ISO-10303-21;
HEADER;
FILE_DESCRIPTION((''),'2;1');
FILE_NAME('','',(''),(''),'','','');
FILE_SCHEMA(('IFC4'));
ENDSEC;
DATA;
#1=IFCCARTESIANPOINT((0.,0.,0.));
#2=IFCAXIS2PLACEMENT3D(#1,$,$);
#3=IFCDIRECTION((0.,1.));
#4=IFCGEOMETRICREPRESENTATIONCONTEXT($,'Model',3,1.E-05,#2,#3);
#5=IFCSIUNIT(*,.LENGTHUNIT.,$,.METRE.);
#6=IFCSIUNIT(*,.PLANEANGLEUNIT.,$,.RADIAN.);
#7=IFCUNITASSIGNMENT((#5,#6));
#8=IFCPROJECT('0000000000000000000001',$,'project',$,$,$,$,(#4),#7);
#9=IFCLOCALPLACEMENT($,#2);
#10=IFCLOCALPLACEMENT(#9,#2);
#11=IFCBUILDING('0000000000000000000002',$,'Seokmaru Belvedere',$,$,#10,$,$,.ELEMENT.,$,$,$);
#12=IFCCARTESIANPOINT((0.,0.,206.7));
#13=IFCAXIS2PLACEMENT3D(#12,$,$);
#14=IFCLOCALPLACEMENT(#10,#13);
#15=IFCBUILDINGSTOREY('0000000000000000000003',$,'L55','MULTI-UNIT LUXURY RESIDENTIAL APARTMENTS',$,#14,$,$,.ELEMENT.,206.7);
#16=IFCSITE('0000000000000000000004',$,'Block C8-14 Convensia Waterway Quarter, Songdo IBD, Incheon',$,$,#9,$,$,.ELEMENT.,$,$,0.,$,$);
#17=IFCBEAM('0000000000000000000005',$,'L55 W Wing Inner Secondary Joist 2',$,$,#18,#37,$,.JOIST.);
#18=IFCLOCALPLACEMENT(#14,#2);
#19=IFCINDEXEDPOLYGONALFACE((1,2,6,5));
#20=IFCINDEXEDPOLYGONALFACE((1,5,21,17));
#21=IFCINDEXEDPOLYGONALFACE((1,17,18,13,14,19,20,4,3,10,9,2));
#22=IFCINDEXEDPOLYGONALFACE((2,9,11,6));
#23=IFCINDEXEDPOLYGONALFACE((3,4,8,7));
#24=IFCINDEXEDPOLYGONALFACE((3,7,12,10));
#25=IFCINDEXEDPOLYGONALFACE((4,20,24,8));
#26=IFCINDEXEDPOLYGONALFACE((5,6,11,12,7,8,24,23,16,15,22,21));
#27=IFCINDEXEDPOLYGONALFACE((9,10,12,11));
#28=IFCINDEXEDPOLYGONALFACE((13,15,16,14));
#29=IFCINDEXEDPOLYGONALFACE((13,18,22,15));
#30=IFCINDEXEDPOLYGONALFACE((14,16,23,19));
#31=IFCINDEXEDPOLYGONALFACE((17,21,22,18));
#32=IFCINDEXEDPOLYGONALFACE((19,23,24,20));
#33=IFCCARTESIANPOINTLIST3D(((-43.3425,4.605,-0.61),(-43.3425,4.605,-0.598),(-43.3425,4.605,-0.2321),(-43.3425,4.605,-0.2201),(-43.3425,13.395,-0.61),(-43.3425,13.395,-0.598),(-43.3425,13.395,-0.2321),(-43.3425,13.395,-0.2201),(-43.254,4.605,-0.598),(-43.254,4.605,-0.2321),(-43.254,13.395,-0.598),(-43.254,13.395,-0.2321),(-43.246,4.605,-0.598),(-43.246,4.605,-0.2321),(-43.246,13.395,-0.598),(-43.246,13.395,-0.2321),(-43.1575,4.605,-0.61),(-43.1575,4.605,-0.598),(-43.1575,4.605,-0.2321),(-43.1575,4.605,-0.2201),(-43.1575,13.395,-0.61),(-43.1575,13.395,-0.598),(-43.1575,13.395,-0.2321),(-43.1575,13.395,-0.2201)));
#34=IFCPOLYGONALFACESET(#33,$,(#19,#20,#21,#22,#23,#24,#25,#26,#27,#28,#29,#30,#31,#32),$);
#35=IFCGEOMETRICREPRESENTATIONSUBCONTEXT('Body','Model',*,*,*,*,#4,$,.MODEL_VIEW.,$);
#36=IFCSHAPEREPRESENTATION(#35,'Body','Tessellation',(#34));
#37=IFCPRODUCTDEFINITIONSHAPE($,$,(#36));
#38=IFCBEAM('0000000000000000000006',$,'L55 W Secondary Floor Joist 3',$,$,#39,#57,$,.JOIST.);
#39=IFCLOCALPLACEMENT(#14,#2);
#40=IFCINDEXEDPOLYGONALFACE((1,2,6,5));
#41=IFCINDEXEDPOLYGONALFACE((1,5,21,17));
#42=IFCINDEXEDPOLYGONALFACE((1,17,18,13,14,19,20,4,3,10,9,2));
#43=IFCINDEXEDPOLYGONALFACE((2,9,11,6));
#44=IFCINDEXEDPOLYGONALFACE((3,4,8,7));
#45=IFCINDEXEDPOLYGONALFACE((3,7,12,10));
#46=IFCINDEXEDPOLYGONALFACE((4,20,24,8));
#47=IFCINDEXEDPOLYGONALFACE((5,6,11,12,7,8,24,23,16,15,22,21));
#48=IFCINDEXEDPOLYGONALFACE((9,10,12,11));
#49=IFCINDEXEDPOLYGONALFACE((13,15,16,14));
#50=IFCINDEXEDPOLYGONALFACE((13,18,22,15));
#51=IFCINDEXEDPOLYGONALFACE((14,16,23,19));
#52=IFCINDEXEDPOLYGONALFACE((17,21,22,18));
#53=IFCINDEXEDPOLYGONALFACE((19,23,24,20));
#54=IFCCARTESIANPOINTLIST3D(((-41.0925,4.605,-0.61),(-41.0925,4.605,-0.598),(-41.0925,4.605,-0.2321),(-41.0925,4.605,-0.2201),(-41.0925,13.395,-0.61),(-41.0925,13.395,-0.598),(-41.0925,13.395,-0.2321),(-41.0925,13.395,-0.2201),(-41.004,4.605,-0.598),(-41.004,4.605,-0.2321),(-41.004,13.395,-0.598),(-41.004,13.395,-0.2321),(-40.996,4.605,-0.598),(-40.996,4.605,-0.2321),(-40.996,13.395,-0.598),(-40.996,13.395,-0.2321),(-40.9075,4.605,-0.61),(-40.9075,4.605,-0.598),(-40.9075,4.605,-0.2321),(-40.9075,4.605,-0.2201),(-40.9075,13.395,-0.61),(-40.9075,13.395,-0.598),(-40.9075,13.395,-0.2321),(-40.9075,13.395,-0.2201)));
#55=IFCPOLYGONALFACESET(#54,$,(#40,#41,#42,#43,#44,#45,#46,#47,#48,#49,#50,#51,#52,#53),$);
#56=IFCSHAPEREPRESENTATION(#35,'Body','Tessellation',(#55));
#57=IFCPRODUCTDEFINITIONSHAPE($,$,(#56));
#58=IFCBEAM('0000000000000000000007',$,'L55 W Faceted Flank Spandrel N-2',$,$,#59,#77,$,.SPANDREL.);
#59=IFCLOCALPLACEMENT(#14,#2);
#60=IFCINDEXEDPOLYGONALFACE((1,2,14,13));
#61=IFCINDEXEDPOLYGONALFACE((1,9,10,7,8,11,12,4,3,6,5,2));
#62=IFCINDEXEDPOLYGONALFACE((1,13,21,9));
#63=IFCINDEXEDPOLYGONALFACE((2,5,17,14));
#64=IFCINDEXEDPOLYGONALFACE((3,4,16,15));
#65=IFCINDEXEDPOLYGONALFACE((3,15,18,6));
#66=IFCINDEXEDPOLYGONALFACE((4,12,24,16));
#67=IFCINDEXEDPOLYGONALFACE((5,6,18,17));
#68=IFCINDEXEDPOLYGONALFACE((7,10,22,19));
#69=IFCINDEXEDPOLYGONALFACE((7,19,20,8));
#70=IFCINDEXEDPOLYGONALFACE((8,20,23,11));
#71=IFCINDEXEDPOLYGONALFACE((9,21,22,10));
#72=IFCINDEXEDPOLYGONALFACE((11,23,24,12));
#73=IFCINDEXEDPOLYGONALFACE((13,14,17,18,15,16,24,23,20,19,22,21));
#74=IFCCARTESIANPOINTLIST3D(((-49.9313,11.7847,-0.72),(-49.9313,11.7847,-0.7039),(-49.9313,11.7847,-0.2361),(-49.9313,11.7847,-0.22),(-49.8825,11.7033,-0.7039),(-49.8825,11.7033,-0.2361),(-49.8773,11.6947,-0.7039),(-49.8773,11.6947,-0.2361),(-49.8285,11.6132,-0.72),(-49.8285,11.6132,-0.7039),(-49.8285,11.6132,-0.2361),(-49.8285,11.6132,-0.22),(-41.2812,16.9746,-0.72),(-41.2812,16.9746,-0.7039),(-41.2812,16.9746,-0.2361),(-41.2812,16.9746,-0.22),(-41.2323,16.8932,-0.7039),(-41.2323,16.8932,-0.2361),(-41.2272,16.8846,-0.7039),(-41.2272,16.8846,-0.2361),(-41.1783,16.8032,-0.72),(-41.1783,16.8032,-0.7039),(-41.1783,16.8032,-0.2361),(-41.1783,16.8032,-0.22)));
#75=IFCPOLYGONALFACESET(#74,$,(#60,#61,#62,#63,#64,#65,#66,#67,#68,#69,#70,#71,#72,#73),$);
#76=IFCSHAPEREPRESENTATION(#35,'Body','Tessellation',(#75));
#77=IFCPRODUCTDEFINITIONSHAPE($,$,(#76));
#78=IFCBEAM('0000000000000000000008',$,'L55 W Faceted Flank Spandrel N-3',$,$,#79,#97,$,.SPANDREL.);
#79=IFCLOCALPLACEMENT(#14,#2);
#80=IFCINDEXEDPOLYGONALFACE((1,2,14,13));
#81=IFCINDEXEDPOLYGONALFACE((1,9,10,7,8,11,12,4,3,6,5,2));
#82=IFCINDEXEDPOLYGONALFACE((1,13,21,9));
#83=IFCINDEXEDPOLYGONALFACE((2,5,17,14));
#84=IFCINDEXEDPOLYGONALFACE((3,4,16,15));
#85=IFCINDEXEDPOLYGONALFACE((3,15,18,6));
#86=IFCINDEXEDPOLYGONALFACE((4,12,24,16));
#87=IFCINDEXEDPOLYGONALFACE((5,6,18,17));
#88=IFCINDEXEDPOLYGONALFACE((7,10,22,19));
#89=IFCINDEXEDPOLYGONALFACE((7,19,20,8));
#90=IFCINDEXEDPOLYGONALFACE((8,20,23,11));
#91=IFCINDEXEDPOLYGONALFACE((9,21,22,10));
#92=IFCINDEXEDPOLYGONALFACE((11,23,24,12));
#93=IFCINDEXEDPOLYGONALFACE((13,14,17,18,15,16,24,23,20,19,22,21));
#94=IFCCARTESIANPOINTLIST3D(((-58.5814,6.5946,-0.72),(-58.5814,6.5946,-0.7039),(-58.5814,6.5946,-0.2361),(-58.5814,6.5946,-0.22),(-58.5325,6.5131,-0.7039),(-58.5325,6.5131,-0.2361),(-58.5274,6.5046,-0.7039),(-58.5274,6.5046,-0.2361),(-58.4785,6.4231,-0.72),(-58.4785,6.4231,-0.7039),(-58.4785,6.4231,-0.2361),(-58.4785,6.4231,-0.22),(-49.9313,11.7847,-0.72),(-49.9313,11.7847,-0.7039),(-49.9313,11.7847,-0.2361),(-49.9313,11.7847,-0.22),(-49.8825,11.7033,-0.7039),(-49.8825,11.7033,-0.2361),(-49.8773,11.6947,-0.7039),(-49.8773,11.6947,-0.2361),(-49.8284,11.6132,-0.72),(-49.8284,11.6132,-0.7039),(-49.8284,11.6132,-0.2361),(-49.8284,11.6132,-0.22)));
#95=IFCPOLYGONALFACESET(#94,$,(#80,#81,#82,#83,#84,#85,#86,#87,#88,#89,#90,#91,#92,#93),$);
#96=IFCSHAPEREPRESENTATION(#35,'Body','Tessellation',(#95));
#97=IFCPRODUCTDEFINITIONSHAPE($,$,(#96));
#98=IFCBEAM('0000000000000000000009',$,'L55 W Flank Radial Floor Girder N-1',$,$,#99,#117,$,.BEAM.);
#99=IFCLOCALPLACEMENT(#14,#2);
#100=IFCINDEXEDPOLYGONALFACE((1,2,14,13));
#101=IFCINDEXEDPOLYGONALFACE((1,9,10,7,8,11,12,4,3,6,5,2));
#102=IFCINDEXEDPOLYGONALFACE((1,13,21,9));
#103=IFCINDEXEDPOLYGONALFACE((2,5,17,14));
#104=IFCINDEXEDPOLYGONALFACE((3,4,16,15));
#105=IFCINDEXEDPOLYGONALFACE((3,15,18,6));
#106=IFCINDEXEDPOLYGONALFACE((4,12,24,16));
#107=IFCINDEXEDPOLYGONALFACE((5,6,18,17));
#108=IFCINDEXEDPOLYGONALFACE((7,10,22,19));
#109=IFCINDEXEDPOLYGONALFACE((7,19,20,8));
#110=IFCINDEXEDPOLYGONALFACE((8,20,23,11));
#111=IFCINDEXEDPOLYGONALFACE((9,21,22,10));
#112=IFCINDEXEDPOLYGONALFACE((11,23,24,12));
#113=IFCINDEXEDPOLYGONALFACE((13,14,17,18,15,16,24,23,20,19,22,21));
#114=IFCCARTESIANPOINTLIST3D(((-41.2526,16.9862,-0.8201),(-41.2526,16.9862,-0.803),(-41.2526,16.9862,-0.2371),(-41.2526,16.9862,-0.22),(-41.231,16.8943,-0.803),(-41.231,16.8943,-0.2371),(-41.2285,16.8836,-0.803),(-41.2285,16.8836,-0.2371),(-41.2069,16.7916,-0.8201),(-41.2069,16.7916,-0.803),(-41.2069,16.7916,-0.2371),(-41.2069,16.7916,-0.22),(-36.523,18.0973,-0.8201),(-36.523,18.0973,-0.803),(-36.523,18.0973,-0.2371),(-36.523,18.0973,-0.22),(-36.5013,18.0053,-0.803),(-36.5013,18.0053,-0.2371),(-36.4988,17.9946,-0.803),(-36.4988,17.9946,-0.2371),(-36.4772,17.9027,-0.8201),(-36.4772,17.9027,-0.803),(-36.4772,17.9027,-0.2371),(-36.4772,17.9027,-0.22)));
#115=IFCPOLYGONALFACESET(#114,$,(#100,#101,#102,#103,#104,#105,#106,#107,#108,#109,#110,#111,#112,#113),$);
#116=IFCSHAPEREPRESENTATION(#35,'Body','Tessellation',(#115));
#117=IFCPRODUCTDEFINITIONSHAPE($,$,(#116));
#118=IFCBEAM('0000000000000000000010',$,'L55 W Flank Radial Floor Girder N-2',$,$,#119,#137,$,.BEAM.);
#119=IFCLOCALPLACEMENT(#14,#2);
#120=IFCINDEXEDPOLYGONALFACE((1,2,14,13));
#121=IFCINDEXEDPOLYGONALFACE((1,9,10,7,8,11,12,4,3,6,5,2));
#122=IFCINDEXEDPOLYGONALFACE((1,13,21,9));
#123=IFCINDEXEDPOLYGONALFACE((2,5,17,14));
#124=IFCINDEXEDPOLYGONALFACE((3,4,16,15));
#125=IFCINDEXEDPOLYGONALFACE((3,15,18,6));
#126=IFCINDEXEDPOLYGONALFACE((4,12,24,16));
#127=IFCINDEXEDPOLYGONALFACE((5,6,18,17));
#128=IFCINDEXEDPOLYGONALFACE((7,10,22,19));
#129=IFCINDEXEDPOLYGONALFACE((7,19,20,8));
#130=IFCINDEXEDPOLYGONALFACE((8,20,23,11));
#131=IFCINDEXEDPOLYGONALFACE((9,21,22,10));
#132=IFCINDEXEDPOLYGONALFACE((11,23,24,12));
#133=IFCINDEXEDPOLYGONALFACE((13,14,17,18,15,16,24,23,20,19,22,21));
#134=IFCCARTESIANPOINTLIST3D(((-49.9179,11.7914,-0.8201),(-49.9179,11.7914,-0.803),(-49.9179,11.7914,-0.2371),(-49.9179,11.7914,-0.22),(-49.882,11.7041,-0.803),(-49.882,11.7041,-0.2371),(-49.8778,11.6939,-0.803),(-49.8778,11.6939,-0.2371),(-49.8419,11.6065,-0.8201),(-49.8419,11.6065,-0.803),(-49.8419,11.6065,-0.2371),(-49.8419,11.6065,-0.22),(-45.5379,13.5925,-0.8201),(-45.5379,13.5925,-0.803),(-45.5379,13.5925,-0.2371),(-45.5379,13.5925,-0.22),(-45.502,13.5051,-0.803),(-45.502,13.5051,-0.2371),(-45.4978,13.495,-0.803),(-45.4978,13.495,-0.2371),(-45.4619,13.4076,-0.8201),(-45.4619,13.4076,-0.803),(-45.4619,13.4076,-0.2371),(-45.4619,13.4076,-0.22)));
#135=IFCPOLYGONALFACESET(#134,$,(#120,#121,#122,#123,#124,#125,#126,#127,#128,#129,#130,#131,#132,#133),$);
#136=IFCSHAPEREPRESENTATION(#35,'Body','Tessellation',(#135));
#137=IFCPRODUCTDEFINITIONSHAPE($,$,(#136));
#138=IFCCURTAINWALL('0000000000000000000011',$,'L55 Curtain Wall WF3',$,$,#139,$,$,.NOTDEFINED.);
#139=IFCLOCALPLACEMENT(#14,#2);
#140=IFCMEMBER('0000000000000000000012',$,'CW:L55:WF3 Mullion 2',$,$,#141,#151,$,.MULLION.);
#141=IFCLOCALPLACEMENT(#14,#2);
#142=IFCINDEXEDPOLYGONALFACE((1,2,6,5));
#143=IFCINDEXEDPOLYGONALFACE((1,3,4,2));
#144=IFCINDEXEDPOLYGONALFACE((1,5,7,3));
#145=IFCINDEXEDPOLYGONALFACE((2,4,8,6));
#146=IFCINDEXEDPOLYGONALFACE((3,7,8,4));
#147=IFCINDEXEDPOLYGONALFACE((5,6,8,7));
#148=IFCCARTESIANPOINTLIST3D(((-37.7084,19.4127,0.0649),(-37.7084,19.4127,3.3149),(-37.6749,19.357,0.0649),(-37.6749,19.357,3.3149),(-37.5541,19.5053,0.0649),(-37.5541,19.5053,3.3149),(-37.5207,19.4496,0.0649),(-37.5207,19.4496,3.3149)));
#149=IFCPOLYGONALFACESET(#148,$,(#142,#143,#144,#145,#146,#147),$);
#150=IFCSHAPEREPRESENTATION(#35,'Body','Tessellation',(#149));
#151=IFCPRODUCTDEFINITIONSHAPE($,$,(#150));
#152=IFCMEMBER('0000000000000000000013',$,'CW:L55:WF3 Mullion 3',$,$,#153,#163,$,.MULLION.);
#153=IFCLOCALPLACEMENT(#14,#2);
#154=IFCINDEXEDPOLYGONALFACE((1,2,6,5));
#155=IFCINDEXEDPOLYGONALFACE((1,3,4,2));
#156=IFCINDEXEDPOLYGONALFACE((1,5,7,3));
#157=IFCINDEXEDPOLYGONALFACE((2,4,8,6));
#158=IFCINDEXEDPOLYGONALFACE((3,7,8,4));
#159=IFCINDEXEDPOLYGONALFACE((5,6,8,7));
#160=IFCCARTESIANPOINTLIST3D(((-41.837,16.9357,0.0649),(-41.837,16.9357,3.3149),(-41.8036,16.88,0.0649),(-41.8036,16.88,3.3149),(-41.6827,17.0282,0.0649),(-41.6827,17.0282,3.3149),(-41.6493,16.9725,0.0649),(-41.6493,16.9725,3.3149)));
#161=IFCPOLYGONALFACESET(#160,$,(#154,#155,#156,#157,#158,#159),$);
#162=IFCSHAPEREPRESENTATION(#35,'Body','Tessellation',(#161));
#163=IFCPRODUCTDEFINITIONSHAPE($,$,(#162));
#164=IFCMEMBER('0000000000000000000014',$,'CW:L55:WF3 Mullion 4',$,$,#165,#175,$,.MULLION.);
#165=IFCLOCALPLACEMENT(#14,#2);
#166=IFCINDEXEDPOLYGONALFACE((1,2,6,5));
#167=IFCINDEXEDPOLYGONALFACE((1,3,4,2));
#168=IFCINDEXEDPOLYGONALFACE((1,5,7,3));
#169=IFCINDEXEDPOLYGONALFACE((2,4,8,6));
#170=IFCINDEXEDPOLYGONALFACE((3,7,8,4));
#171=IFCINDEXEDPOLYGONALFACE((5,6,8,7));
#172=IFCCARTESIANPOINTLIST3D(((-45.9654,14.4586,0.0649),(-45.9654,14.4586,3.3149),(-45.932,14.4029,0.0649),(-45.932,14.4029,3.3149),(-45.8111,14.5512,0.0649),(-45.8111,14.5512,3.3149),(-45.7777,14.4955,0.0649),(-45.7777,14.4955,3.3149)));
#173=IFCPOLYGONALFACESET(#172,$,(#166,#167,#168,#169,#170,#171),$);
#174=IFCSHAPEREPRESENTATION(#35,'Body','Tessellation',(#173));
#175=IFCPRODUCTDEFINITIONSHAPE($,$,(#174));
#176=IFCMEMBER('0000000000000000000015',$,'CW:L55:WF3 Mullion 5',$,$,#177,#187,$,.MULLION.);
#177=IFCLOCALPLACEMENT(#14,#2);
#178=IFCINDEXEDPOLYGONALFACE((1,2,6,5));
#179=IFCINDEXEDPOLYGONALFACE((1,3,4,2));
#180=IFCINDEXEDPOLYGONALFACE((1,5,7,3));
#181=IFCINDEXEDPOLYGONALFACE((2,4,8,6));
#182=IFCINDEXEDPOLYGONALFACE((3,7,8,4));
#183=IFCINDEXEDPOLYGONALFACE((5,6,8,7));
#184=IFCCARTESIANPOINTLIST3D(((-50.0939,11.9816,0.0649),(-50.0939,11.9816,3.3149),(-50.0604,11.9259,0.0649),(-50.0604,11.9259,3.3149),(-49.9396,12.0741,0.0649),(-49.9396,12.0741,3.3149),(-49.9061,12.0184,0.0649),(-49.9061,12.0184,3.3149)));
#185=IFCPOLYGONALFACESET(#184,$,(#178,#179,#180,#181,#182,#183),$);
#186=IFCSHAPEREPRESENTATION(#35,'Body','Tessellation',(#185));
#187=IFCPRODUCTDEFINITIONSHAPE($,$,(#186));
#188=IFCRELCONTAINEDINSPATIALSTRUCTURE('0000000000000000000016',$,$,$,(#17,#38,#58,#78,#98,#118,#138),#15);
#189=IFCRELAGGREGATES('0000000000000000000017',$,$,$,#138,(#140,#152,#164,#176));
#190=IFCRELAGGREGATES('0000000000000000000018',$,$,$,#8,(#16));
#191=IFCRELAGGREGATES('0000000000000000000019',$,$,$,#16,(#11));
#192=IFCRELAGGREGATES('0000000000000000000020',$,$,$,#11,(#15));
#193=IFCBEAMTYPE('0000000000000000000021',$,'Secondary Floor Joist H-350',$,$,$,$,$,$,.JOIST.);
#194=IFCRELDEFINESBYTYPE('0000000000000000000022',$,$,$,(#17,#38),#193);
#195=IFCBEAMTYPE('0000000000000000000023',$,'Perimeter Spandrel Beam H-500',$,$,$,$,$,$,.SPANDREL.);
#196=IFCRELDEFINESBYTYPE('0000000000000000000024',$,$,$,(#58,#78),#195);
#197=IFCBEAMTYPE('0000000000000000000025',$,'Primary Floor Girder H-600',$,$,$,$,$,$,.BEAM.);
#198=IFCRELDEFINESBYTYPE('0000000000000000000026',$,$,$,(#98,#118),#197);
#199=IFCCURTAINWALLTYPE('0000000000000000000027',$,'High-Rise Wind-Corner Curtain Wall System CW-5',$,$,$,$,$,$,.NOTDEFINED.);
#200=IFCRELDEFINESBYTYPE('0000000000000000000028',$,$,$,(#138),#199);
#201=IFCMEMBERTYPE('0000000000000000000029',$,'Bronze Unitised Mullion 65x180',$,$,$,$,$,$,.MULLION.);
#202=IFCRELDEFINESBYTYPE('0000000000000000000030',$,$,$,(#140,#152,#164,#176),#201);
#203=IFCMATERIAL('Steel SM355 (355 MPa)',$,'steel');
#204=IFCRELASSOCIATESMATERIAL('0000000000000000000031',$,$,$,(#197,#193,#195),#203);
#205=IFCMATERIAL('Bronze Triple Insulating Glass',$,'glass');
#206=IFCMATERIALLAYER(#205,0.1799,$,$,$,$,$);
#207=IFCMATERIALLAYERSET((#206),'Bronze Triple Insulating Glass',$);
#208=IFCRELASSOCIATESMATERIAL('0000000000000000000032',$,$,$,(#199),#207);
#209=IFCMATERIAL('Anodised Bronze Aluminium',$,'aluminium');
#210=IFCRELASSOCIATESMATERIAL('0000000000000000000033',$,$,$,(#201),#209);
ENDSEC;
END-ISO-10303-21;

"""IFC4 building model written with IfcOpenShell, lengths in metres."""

from ifc_helpers import new_model, si_unit, direction, frame, origin, origin_2d, place, context, subcontext, project, spatial, rectangle, i_section, extrude, source, transform, mapped, material, layer, layer_set, material_profile, profile_set, type_object, type_shapes, element, aggregate, save


model = new_model("IFC4")

# Units and contexts
model_context = context("Model", 3, precision=1e-05, world=origin(), true_north=direction((0.0, 1.0)))
body_context = subcontext(model_context, "Body", "Model", "MODEL_VIEW")
ifc_project = project(units=[si_unit("LENGTHUNIT", "METRE"), si_unit("PLANEANGLEUNIT", "RADIAN")], contexts=[model_context])

# Site, building, storey
site_placement = place(None, origin())
site = spatial("IfcSite", under=ifc_project, at=site_placement, Name="Block C8-14 Convensia Waterway Quarter, Songdo IBD, Incheon", CompositionType="ELEMENT", RefElevation=0.0)
building_placement = place(site_placement, origin())
building = spatial("IfcBuilding", under=site, at=building_placement, Name="Seokmaru Belvedere", CompositionType="ELEMENT")
storey_placement = place(building_placement, frame((0.0, 0.0, 206.7)))
storey = spatial("IfcBuildingStorey", under=building, at=storey_placement, Name="L55", Description="MULTI-UNIT LUXURY RESIDENTIAL APARTMENTS", CompositionType="ELEMENT", Elevation=206.7)

# Shared definitions
ifc_material_1 = material(Name="Steel SM355 (355 MPa)", Category="steel")

# Beams
ifc_material_profile_1 = material_profile(ifc_material_1, i_section(OverallWidth=0.2, OverallDepth=0.6001, WebThickness=0.011, FlangeThickness=0.0171, at=origin_2d()), Name="H-600x200x11x17")
ifc_profile_set_1 = profile_set([ifc_material_profile_1], Name="Steel SM355 (355 MPa)")
beam_type_1 = type_object("IfcBeamType", Name="Primary Floor Girder H-600", PredefinedType="BEAM", material=ifc_profile_set_1)
ifc_material_profile_2 = material_profile(ifc_material_1, i_section(OverallWidth=0.1851, OverallDepth=0.3899, WebThickness=0.0081, FlangeThickness=0.012, at=origin_2d()), Name="H-390x185x8x12")
ifc_profile_set_2 = profile_set([ifc_material_profile_2], Name="Steel SM355 (355 MPa)")
beam_type_2 = type_object("IfcBeamType", Name="Secondary Floor Joist H-350", PredefinedType="JOIST", material=ifc_profile_set_2)
shared_shape_1 = source(origin(), body_context, "Body", "SweptSolid", [
    extrude(i_section(OverallWidth=0.1851, OverallDepth=0.3899, WebThickness=0.0081, FlangeThickness=0.012, at=origin_2d()), origin(), (0.0, 0.0, 1.0), 8.79),
])
type_shapes(beam_type_2, [shared_shape_1])
for number, where, z_axis, x_axis, name in (
    (1, (-43.25, 4.605, -0.415), (0.0, 1.0, 0.0), (-1.0, 0.0, 0.0), "L55 W Wing Inner Secondary Joist 2"),
    (2, (-41.0, 4.605, -0.415), (0.0, 1.0, 0.0), (-1.0, 0.0, 0.0), "L55 W Secondary Floor Joist 3"),
):
    element("IfcBeam", number, at=place(storey_placement, frame(where, z_axis=z_axis, x_axis=x_axis)), inside=storey, type_object=beam_type_2, Name=name, PredefinedType="JOIST", context=body_context, shape_type="MappedRepresentation", body=[
        mapped(shared_shape_1, transform((0.0, 0.0, 0.0), scale=1.0)),
    ])
ifc_material_profile_3 = material_profile(ifc_material_1, i_section(OverallWidth=0.2, OverallDepth=0.5, WebThickness=0.01, FlangeThickness=0.0161, at=origin_2d()), Name="H-500x200x10x16")
ifc_profile_set_3 = profile_set([ifc_material_profile_3], Name="Steel SM355 (355 MPa)")
beam_type_3 = type_object("IfcBeamType", Name="Perimeter Spandrel Beam H-500", PredefinedType="SPANDREL", material=ifc_profile_set_3)
shared_shape_2 = source(origin(), body_context, "Body", "SweptSolid", [
    extrude(i_section(OverallWidth=0.2, OverallDepth=0.5, WebThickness=0.01, FlangeThickness=0.0161, at=origin_2d()), origin(), (0.0, 0.0, 1.0), 10.0876),
])
type_shapes(beam_type_3, [shared_shape_2])
for number, where, z_axis, x_axis, name in (
    (3, (-41.2297, 16.8889, -0.47), (-0.857499, -0.514485, 0.0), (0.514485, -0.857499, 0.0), "L55 W Faceted Flank Spandrel N-2"),
    (4, (-49.8799, 11.699, -0.47), (-0.857489, -0.514503, 0.0), (0.514503, -0.857489, 0.0), "L55 W Faceted Flank Spandrel N-3"),
):
    element("IfcBeam", number, at=place(storey_placement, frame(where, z_axis=z_axis, x_axis=x_axis)), inside=storey, type_object=beam_type_3, Name=name, PredefinedType="SPANDREL", context=body_context, shape_type="MappedRepresentation", body=[
        mapped(shared_shape_2, transform((0.0, 0.0, 0.0), scale=1.0)),
    ])
shared_shape_3 = source(origin(), body_context, "Body", "SweptSolid", [
    extrude(i_section(OverallWidth=0.2, OverallDepth=0.6001, WebThickness=0.011, FlangeThickness=0.0171, at=origin_2d()), origin(), (0.0, 0.0, 1.0), 4.8584),
])
beam_1_placement = place(storey_placement, frame((-41.2297, 16.8889, -0.52), z_axis=(0.973499, 0.228689, 0.0), x_axis=(-0.228689, 0.973499, 0.0)))
element("IfcBeam", 5, at=beam_1_placement, inside=storey, type_object=beam_type_1, Name="L55 W Flank Radial Floor Girder N-1", PredefinedType="BEAM", context=body_context, shape_type="MappedRepresentation", body=[
    mapped(shared_shape_3, transform((0.0, 0.0, 0.0), scale=1.0)),
])
shared_shape_4 = source(origin(), body_context, "Body", "SweptSolid", [
    extrude(i_section(OverallWidth=0.2, OverallDepth=0.6001, WebThickness=0.011, FlangeThickness=0.0171, at=origin_2d()), origin(), (0.0, 0.0, 1.0), 4.7358),
])
beam_2_placement = place(storey_placement, frame((-49.8799, 11.699, -0.52), z_axis=(0.924861, 0.380306, 0.0), x_axis=(-0.380306, 0.924861, 0.0)))
element("IfcBeam", 6, at=beam_2_placement, inside=storey, type_object=beam_type_1, Name="L55 W Flank Radial Floor Girder N-2", PredefinedType="BEAM", context=body_context, shape_type="MappedRepresentation", body=[
    mapped(shared_shape_4, transform((0.0, 0.0, 0.0), scale=1.0)),
])

# Curtain wall, members
ifc_material_2 = material(Name="Bronze Triple Insulating Glass", Category="glass")
ifc_layer_1 = layer(ifc_material_2, 0.1799)
ifc_layer_set_1 = layer_set([ifc_layer_1], Name="Bronze Triple Insulating Glass")
curtain_wall_type = type_object("IfcCurtainWallType", Name="High-Rise Wind-Corner Curtain Wall System CW-5", PredefinedType="NOTDEFINED", material=ifc_layer_set_1)
curtain_wall_placement = place(storey_placement, origin())
curtain_wall = element("IfcCurtainWall", 7, at=curtain_wall_placement, inside=storey, type_object=curtain_wall_type, Name="L55 Curtain Wall WF3", PredefinedType="NOTDEFINED")
ifc_material_3 = material(Name="Anodised Bronze Aluminium", Category="aluminium")
ifc_material_profile_4 = material_profile(ifc_material_3, rectangle(XDim=0.0649, YDim=0.1799, at=origin_2d()), Name="CW-M-65x180")
ifc_profile_set_4 = profile_set([ifc_material_profile_4], Name="Anodised Bronze Aluminium")
member_type = type_object("IfcMemberType", Name="Bronze Unitised Mullion 65x180", PredefinedType="MULLION", material=ifc_profile_set_4)
shared_shape_5 = source(origin(), body_context, "Body", "SweptSolid", [
    extrude(rectangle(XDim=0.0649, YDim=0.1799, at=origin_2d()), origin(), (0.0, 0.0, 1.0), 3.25),
])
type_shapes(member_type, [shared_shape_5])
member_1_placement = place(storey_placement, frame((-37.6145, 19.4312, 0.0649), z_axis=(0.0, 0.0, 1.0), x_axis=(0.514495, -0.857493, 0.0)))
member_1 = element("IfcMember", 8, at=member_1_placement, type_object=member_type, Name="CW:L55:WF3 Mullion 2", PredefinedType="MULLION", context=body_context, shape_type="MappedRepresentation", body=[
    mapped(shared_shape_5, transform((0.0, 0.0, 0.0), scale=1.0)),
])
member_2_placement = place(storey_placement, frame((-41.7432, 16.9541, 0.0649), z_axis=(0.0, 0.0, 1.0), x_axis=(0.514495, -0.857493, 0.0)))
member_2 = element("IfcMember", 9, at=member_2_placement, type_object=member_type, Name="CW:L55:WF3 Mullion 3", PredefinedType="MULLION", context=body_context, shape_type="MappedRepresentation", body=[
    mapped(shared_shape_5, transform((0.0, 0.0, 0.0), scale=1.0)),
])
member_3_placement = place(storey_placement, frame((-45.8716, 14.4771, 0.0649), z_axis=(0.0, 0.0, 1.0), x_axis=(0.514495, -0.857493, 0.0)))
member_3 = element("IfcMember", 10, at=member_3_placement, type_object=member_type, Name="CW:L55:WF3 Mullion 4", PredefinedType="MULLION", context=body_context, shape_type="MappedRepresentation", body=[
    mapped(shared_shape_5, transform((0.0, 0.0, 0.0), scale=1.0)),
])
member_4_placement = place(storey_placement, frame((-50.0, 12.0, 0.0649), z_axis=(0.0, 0.0, 1.0), x_axis=(0.514495, -0.857493, 0.0)))
member_4 = element("IfcMember", 11, at=member_4_placement, type_object=member_type, Name="CW:L55:WF3 Mullion 5", PredefinedType="MULLION", context=body_context, shape_type="MappedRepresentation", body=[
    mapped(shared_shape_5, transform((0.0, 0.0, 0.0), scale=1.0)),
])
aggregate(curtain_wall, [member_1, member_2, member_3, member_4])

save(model, "model.ifc")
